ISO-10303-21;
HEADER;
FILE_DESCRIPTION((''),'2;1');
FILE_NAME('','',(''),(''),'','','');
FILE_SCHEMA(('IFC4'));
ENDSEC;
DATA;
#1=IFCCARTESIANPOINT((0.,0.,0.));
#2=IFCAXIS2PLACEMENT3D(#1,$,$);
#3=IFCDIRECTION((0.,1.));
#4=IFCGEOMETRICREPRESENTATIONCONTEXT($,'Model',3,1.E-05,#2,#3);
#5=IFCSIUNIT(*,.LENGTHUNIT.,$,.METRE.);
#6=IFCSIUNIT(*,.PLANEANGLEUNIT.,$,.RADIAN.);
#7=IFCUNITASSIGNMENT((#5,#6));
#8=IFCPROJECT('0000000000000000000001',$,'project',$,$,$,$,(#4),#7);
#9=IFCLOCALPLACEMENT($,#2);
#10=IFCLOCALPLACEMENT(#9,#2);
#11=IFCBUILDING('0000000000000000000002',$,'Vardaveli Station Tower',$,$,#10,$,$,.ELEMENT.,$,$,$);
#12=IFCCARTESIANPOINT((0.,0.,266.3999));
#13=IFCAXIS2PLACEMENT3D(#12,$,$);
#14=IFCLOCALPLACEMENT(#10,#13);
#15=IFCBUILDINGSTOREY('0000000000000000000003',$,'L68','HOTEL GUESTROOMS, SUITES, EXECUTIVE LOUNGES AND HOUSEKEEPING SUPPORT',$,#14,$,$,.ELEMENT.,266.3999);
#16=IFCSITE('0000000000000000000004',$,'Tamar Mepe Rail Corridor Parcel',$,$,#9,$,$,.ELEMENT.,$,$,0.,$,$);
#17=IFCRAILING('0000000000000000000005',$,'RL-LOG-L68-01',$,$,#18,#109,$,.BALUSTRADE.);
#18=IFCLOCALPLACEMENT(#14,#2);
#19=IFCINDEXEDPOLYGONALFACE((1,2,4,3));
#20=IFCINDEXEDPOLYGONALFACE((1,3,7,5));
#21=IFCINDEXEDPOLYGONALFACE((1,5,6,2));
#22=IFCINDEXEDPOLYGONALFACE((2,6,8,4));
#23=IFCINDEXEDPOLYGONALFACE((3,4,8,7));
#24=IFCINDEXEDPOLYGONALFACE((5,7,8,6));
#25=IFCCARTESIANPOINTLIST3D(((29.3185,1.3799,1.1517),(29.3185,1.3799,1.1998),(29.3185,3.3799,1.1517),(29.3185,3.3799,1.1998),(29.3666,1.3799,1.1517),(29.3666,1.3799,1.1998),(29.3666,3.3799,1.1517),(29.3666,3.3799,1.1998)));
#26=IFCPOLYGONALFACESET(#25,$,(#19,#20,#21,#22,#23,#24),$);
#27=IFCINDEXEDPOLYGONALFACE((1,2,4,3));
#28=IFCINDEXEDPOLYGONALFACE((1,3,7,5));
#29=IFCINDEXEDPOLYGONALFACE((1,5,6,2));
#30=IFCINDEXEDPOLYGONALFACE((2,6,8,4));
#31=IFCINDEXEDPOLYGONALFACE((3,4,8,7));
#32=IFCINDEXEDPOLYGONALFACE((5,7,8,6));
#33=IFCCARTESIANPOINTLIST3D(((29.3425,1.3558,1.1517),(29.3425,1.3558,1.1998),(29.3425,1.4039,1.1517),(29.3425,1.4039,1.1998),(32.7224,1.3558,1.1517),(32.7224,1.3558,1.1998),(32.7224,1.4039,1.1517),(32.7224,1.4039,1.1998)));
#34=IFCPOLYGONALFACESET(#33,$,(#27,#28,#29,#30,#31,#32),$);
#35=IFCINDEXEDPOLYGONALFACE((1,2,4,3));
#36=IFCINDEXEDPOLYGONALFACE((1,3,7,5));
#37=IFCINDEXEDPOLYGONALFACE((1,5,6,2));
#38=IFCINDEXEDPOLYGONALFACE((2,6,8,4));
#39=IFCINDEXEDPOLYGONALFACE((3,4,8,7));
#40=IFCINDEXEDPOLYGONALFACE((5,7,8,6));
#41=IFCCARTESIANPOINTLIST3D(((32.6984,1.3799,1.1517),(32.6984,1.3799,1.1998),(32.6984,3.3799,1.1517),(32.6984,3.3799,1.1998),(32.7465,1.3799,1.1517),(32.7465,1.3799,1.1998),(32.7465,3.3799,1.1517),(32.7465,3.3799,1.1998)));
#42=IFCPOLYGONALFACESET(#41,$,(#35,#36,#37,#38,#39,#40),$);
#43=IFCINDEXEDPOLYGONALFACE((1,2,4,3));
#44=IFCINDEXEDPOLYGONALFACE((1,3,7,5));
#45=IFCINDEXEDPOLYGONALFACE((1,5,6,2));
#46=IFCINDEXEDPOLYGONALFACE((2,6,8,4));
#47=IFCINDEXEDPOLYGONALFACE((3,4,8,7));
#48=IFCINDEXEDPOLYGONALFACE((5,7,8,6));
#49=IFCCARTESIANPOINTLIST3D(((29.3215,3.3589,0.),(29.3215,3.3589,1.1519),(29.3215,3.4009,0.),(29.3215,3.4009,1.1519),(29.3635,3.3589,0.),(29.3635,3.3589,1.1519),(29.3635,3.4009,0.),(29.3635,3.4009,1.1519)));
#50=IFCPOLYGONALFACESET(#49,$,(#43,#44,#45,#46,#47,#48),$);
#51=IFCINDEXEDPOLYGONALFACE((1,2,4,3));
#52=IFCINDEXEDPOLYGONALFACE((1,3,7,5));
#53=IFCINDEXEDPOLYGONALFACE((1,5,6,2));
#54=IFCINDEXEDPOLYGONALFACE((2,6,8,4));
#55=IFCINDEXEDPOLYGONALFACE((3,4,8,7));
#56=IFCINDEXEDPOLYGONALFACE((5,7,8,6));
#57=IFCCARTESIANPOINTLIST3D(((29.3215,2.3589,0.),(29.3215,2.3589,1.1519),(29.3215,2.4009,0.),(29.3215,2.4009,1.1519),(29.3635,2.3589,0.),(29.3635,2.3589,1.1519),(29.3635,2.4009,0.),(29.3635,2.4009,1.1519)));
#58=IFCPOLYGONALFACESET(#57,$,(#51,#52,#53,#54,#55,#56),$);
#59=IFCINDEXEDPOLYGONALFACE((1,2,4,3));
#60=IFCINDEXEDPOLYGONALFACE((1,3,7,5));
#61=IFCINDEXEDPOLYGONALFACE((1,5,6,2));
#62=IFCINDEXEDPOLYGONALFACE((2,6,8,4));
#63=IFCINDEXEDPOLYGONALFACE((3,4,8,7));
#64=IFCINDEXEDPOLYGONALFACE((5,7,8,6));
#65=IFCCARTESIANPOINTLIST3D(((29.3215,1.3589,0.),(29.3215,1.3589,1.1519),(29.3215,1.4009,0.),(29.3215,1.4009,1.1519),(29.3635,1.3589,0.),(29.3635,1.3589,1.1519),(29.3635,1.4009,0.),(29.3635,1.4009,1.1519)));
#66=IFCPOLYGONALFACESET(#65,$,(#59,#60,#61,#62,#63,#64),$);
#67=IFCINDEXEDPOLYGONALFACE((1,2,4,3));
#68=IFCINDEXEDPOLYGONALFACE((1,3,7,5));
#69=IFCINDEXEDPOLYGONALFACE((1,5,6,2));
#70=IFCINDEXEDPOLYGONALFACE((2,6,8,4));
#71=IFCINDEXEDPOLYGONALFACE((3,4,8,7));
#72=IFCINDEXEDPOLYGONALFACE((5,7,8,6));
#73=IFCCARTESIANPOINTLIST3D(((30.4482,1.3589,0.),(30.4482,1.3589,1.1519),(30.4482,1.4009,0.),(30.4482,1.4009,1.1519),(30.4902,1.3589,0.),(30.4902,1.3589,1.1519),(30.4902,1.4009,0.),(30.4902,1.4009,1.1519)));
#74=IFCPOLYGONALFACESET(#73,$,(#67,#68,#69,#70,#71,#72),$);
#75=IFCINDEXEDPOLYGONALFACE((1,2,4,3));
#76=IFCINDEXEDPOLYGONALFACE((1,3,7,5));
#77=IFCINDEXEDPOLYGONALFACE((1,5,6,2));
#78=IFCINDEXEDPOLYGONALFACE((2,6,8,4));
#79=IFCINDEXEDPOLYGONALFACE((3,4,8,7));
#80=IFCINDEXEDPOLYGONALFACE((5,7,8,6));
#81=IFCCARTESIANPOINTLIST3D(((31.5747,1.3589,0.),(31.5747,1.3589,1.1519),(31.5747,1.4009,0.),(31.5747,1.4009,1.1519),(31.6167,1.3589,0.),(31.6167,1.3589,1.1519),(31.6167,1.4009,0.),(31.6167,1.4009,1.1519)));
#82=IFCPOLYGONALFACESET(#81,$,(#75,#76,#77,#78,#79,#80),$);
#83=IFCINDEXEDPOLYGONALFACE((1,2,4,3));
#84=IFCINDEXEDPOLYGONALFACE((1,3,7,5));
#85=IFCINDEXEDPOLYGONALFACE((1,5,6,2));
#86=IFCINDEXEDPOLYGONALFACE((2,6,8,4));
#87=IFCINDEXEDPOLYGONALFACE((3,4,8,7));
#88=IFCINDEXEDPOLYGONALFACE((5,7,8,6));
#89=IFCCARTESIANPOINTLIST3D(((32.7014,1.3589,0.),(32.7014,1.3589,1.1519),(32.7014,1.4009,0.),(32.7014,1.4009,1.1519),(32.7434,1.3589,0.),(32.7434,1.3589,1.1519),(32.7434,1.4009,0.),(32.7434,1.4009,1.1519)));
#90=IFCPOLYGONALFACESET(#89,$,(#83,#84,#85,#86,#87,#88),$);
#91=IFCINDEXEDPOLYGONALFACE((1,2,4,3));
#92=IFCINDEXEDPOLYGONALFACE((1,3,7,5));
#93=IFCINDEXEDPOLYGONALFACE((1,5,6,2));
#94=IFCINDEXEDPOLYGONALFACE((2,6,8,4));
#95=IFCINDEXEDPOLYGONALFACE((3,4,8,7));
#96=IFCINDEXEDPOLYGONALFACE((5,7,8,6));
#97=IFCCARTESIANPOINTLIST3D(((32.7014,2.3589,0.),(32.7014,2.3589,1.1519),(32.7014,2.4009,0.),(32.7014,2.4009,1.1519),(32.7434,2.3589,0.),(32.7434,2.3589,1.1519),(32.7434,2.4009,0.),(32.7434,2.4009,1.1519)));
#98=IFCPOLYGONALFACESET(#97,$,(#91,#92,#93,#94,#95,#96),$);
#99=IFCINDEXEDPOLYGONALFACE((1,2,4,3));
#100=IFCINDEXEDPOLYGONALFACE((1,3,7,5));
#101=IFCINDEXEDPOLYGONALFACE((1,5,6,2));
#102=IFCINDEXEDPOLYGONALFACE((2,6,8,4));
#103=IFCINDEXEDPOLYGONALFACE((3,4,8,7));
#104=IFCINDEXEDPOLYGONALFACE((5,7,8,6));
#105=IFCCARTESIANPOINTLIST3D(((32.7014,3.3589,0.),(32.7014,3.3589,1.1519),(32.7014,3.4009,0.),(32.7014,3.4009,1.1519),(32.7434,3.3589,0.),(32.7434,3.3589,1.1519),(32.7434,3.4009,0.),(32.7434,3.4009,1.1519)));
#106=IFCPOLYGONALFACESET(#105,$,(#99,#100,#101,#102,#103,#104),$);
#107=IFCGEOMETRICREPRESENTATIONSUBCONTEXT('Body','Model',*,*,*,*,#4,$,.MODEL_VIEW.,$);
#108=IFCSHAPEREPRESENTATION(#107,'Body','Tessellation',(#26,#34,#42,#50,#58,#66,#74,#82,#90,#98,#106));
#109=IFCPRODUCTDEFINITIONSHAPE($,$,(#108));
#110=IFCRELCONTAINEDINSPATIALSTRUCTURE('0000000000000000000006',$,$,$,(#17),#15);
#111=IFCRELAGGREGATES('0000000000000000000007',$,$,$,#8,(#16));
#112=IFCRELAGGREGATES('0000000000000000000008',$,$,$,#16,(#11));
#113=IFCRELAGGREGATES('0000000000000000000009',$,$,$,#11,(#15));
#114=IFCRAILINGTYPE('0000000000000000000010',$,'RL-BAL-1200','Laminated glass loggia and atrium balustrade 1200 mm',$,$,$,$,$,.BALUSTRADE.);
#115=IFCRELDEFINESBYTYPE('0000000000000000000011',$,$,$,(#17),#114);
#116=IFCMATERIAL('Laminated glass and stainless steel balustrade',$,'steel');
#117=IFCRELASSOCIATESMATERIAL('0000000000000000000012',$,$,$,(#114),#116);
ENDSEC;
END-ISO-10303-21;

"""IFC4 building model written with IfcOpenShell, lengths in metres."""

from ifc_helpers import new_model, si_unit, direction, frame, origin, origin_2d, place, context, subcontext, project, spatial, rectangle, extrude, source, transform, mapped, material, type_object, element, save


model = new_model("IFC4")

# Units and contexts
model_context = context("Model", 3, precision=1e-05, world=origin(), true_north=direction((0.0, 1.0)))
body_context = subcontext(model_context, "Body", "Model", "MODEL_VIEW")
ifc_project = project(units=[si_unit("LENGTHUNIT", "METRE"), si_unit("PLANEANGLEUNIT", "RADIAN")], contexts=[model_context])

# Site, building, storey
site_placement = place(None, origin())
site = spatial("IfcSite", under=ifc_project, at=site_placement, Name="Tamar Mepe Rail Corridor Parcel", CompositionType="ELEMENT", RefElevation=0.0)
building_placement = place(site_placement, origin())
building = spatial("IfcBuilding", under=site, at=building_placement, Name="Vardaveli Station Tower", CompositionType="ELEMENT")
storey_placement = place(building_placement, frame((0.0, 0.0, 266.3999)))
storey = spatial("IfcBuildingStorey", under=building, at=storey_placement, Name="L68", Description="HOTEL GUESTROOMS, SUITES, EXECUTIVE LOUNGES AND HOUSEKEEPING SUPPORT", CompositionType="ELEMENT", Elevation=266.3999)

# Railing
ifc_material_1 = material(Name="Laminated glass and stainless steel balustrade", Category="steel")
railing_type = type_object("IfcRailingType", Name="RL-BAL-1200", Description="Laminated glass loggia and atrium balustrade 1200 mm", PredefinedType="BALUSTRADE", material=ifc_material_1)
shared_shape_1 = source(origin(), body_context, "Body", "SweptSolid", [
    extrude(rectangle(XDim=0.0481, YDim=0.0481, at=origin_2d()), frame((0.0, 0.0, 1.1758), z_axis=(0.0, -1.0, 0.0), x_axis=(1.0, 0.0, 0.0)), (0.0, 0.0, 1.0), 2.0),
    extrude(rectangle(XDim=0.0481, YDim=0.0481, at=origin_2d()), frame((0.0, -2.0, 1.1758), z_axis=(1.0, 0.0, 0.0), x_axis=(0.0, 1.0, 0.0)), (0.0, 0.0, 1.0), 3.3799),
    extrude(rectangle(XDim=0.0481, YDim=0.0481, at=origin_2d()), frame((3.3799, -2.0, 1.1758), z_axis=(0.0, 1.0, 0.0), x_axis=(-1.0, 0.0, 0.0)), (0.0, 0.0, 1.0), 2.0),
    extrude(rectangle(XDim=0.042, YDim=0.042, at=origin_2d()), origin(), (0.0, 0.0, 1.0), 1.1519),
    extrude(rectangle(XDim=0.042, YDim=0.042, at=origin_2d()), frame((0.0, -1.0, 0.0)), (0.0, 0.0, 1.0), 1.1519),
    extrude(rectangle(XDim=0.042, YDim=0.042, at=origin_2d()), frame((0.0, -2.0, 0.0)), (0.0, 0.0, 1.0), 1.1519),
    extrude(rectangle(XDim=0.042, YDim=0.042, at=origin_2d()), frame((1.1267, -2.0, 0.0)), (0.0, 0.0, 1.0), 1.1519),
    extrude(rectangle(XDim=0.042, YDim=0.042, at=origin_2d()), frame((2.2532, -2.0, 0.0)), (0.0, 0.0, 1.0), 1.1519),
    extrude(rectangle(XDim=0.042, YDim=0.042, at=origin_2d()), frame((3.3799, -2.0, 0.0)), (0.0, 0.0, 1.0), 1.1519),
    extrude(rectangle(XDim=0.042, YDim=0.042, at=origin_2d()), frame((3.3799, -1.0, 0.0)), (0.0, 0.0, 1.0), 1.1519),
    extrude(rectangle(XDim=0.042, YDim=0.042, at=origin_2d()), frame((3.3799, 0.0, 0.0)), (0.0, 0.0, 1.0), 1.1519),
])
railing_placement = place(storey_placement, frame((29.3425, 3.3799, 0.0)))
element("IfcRailing", 1, at=railing_placement, inside=storey, type_object=railing_type, Name="RL-LOG-L68-01", PredefinedType="BALUSTRADE", context=body_context, shape_type="MappedRepresentation", body=[
    mapped(shared_shape_1, transform((0.0, 0.0, 0.0), scale=1.0)),
])

save(model, "model.ifc")
